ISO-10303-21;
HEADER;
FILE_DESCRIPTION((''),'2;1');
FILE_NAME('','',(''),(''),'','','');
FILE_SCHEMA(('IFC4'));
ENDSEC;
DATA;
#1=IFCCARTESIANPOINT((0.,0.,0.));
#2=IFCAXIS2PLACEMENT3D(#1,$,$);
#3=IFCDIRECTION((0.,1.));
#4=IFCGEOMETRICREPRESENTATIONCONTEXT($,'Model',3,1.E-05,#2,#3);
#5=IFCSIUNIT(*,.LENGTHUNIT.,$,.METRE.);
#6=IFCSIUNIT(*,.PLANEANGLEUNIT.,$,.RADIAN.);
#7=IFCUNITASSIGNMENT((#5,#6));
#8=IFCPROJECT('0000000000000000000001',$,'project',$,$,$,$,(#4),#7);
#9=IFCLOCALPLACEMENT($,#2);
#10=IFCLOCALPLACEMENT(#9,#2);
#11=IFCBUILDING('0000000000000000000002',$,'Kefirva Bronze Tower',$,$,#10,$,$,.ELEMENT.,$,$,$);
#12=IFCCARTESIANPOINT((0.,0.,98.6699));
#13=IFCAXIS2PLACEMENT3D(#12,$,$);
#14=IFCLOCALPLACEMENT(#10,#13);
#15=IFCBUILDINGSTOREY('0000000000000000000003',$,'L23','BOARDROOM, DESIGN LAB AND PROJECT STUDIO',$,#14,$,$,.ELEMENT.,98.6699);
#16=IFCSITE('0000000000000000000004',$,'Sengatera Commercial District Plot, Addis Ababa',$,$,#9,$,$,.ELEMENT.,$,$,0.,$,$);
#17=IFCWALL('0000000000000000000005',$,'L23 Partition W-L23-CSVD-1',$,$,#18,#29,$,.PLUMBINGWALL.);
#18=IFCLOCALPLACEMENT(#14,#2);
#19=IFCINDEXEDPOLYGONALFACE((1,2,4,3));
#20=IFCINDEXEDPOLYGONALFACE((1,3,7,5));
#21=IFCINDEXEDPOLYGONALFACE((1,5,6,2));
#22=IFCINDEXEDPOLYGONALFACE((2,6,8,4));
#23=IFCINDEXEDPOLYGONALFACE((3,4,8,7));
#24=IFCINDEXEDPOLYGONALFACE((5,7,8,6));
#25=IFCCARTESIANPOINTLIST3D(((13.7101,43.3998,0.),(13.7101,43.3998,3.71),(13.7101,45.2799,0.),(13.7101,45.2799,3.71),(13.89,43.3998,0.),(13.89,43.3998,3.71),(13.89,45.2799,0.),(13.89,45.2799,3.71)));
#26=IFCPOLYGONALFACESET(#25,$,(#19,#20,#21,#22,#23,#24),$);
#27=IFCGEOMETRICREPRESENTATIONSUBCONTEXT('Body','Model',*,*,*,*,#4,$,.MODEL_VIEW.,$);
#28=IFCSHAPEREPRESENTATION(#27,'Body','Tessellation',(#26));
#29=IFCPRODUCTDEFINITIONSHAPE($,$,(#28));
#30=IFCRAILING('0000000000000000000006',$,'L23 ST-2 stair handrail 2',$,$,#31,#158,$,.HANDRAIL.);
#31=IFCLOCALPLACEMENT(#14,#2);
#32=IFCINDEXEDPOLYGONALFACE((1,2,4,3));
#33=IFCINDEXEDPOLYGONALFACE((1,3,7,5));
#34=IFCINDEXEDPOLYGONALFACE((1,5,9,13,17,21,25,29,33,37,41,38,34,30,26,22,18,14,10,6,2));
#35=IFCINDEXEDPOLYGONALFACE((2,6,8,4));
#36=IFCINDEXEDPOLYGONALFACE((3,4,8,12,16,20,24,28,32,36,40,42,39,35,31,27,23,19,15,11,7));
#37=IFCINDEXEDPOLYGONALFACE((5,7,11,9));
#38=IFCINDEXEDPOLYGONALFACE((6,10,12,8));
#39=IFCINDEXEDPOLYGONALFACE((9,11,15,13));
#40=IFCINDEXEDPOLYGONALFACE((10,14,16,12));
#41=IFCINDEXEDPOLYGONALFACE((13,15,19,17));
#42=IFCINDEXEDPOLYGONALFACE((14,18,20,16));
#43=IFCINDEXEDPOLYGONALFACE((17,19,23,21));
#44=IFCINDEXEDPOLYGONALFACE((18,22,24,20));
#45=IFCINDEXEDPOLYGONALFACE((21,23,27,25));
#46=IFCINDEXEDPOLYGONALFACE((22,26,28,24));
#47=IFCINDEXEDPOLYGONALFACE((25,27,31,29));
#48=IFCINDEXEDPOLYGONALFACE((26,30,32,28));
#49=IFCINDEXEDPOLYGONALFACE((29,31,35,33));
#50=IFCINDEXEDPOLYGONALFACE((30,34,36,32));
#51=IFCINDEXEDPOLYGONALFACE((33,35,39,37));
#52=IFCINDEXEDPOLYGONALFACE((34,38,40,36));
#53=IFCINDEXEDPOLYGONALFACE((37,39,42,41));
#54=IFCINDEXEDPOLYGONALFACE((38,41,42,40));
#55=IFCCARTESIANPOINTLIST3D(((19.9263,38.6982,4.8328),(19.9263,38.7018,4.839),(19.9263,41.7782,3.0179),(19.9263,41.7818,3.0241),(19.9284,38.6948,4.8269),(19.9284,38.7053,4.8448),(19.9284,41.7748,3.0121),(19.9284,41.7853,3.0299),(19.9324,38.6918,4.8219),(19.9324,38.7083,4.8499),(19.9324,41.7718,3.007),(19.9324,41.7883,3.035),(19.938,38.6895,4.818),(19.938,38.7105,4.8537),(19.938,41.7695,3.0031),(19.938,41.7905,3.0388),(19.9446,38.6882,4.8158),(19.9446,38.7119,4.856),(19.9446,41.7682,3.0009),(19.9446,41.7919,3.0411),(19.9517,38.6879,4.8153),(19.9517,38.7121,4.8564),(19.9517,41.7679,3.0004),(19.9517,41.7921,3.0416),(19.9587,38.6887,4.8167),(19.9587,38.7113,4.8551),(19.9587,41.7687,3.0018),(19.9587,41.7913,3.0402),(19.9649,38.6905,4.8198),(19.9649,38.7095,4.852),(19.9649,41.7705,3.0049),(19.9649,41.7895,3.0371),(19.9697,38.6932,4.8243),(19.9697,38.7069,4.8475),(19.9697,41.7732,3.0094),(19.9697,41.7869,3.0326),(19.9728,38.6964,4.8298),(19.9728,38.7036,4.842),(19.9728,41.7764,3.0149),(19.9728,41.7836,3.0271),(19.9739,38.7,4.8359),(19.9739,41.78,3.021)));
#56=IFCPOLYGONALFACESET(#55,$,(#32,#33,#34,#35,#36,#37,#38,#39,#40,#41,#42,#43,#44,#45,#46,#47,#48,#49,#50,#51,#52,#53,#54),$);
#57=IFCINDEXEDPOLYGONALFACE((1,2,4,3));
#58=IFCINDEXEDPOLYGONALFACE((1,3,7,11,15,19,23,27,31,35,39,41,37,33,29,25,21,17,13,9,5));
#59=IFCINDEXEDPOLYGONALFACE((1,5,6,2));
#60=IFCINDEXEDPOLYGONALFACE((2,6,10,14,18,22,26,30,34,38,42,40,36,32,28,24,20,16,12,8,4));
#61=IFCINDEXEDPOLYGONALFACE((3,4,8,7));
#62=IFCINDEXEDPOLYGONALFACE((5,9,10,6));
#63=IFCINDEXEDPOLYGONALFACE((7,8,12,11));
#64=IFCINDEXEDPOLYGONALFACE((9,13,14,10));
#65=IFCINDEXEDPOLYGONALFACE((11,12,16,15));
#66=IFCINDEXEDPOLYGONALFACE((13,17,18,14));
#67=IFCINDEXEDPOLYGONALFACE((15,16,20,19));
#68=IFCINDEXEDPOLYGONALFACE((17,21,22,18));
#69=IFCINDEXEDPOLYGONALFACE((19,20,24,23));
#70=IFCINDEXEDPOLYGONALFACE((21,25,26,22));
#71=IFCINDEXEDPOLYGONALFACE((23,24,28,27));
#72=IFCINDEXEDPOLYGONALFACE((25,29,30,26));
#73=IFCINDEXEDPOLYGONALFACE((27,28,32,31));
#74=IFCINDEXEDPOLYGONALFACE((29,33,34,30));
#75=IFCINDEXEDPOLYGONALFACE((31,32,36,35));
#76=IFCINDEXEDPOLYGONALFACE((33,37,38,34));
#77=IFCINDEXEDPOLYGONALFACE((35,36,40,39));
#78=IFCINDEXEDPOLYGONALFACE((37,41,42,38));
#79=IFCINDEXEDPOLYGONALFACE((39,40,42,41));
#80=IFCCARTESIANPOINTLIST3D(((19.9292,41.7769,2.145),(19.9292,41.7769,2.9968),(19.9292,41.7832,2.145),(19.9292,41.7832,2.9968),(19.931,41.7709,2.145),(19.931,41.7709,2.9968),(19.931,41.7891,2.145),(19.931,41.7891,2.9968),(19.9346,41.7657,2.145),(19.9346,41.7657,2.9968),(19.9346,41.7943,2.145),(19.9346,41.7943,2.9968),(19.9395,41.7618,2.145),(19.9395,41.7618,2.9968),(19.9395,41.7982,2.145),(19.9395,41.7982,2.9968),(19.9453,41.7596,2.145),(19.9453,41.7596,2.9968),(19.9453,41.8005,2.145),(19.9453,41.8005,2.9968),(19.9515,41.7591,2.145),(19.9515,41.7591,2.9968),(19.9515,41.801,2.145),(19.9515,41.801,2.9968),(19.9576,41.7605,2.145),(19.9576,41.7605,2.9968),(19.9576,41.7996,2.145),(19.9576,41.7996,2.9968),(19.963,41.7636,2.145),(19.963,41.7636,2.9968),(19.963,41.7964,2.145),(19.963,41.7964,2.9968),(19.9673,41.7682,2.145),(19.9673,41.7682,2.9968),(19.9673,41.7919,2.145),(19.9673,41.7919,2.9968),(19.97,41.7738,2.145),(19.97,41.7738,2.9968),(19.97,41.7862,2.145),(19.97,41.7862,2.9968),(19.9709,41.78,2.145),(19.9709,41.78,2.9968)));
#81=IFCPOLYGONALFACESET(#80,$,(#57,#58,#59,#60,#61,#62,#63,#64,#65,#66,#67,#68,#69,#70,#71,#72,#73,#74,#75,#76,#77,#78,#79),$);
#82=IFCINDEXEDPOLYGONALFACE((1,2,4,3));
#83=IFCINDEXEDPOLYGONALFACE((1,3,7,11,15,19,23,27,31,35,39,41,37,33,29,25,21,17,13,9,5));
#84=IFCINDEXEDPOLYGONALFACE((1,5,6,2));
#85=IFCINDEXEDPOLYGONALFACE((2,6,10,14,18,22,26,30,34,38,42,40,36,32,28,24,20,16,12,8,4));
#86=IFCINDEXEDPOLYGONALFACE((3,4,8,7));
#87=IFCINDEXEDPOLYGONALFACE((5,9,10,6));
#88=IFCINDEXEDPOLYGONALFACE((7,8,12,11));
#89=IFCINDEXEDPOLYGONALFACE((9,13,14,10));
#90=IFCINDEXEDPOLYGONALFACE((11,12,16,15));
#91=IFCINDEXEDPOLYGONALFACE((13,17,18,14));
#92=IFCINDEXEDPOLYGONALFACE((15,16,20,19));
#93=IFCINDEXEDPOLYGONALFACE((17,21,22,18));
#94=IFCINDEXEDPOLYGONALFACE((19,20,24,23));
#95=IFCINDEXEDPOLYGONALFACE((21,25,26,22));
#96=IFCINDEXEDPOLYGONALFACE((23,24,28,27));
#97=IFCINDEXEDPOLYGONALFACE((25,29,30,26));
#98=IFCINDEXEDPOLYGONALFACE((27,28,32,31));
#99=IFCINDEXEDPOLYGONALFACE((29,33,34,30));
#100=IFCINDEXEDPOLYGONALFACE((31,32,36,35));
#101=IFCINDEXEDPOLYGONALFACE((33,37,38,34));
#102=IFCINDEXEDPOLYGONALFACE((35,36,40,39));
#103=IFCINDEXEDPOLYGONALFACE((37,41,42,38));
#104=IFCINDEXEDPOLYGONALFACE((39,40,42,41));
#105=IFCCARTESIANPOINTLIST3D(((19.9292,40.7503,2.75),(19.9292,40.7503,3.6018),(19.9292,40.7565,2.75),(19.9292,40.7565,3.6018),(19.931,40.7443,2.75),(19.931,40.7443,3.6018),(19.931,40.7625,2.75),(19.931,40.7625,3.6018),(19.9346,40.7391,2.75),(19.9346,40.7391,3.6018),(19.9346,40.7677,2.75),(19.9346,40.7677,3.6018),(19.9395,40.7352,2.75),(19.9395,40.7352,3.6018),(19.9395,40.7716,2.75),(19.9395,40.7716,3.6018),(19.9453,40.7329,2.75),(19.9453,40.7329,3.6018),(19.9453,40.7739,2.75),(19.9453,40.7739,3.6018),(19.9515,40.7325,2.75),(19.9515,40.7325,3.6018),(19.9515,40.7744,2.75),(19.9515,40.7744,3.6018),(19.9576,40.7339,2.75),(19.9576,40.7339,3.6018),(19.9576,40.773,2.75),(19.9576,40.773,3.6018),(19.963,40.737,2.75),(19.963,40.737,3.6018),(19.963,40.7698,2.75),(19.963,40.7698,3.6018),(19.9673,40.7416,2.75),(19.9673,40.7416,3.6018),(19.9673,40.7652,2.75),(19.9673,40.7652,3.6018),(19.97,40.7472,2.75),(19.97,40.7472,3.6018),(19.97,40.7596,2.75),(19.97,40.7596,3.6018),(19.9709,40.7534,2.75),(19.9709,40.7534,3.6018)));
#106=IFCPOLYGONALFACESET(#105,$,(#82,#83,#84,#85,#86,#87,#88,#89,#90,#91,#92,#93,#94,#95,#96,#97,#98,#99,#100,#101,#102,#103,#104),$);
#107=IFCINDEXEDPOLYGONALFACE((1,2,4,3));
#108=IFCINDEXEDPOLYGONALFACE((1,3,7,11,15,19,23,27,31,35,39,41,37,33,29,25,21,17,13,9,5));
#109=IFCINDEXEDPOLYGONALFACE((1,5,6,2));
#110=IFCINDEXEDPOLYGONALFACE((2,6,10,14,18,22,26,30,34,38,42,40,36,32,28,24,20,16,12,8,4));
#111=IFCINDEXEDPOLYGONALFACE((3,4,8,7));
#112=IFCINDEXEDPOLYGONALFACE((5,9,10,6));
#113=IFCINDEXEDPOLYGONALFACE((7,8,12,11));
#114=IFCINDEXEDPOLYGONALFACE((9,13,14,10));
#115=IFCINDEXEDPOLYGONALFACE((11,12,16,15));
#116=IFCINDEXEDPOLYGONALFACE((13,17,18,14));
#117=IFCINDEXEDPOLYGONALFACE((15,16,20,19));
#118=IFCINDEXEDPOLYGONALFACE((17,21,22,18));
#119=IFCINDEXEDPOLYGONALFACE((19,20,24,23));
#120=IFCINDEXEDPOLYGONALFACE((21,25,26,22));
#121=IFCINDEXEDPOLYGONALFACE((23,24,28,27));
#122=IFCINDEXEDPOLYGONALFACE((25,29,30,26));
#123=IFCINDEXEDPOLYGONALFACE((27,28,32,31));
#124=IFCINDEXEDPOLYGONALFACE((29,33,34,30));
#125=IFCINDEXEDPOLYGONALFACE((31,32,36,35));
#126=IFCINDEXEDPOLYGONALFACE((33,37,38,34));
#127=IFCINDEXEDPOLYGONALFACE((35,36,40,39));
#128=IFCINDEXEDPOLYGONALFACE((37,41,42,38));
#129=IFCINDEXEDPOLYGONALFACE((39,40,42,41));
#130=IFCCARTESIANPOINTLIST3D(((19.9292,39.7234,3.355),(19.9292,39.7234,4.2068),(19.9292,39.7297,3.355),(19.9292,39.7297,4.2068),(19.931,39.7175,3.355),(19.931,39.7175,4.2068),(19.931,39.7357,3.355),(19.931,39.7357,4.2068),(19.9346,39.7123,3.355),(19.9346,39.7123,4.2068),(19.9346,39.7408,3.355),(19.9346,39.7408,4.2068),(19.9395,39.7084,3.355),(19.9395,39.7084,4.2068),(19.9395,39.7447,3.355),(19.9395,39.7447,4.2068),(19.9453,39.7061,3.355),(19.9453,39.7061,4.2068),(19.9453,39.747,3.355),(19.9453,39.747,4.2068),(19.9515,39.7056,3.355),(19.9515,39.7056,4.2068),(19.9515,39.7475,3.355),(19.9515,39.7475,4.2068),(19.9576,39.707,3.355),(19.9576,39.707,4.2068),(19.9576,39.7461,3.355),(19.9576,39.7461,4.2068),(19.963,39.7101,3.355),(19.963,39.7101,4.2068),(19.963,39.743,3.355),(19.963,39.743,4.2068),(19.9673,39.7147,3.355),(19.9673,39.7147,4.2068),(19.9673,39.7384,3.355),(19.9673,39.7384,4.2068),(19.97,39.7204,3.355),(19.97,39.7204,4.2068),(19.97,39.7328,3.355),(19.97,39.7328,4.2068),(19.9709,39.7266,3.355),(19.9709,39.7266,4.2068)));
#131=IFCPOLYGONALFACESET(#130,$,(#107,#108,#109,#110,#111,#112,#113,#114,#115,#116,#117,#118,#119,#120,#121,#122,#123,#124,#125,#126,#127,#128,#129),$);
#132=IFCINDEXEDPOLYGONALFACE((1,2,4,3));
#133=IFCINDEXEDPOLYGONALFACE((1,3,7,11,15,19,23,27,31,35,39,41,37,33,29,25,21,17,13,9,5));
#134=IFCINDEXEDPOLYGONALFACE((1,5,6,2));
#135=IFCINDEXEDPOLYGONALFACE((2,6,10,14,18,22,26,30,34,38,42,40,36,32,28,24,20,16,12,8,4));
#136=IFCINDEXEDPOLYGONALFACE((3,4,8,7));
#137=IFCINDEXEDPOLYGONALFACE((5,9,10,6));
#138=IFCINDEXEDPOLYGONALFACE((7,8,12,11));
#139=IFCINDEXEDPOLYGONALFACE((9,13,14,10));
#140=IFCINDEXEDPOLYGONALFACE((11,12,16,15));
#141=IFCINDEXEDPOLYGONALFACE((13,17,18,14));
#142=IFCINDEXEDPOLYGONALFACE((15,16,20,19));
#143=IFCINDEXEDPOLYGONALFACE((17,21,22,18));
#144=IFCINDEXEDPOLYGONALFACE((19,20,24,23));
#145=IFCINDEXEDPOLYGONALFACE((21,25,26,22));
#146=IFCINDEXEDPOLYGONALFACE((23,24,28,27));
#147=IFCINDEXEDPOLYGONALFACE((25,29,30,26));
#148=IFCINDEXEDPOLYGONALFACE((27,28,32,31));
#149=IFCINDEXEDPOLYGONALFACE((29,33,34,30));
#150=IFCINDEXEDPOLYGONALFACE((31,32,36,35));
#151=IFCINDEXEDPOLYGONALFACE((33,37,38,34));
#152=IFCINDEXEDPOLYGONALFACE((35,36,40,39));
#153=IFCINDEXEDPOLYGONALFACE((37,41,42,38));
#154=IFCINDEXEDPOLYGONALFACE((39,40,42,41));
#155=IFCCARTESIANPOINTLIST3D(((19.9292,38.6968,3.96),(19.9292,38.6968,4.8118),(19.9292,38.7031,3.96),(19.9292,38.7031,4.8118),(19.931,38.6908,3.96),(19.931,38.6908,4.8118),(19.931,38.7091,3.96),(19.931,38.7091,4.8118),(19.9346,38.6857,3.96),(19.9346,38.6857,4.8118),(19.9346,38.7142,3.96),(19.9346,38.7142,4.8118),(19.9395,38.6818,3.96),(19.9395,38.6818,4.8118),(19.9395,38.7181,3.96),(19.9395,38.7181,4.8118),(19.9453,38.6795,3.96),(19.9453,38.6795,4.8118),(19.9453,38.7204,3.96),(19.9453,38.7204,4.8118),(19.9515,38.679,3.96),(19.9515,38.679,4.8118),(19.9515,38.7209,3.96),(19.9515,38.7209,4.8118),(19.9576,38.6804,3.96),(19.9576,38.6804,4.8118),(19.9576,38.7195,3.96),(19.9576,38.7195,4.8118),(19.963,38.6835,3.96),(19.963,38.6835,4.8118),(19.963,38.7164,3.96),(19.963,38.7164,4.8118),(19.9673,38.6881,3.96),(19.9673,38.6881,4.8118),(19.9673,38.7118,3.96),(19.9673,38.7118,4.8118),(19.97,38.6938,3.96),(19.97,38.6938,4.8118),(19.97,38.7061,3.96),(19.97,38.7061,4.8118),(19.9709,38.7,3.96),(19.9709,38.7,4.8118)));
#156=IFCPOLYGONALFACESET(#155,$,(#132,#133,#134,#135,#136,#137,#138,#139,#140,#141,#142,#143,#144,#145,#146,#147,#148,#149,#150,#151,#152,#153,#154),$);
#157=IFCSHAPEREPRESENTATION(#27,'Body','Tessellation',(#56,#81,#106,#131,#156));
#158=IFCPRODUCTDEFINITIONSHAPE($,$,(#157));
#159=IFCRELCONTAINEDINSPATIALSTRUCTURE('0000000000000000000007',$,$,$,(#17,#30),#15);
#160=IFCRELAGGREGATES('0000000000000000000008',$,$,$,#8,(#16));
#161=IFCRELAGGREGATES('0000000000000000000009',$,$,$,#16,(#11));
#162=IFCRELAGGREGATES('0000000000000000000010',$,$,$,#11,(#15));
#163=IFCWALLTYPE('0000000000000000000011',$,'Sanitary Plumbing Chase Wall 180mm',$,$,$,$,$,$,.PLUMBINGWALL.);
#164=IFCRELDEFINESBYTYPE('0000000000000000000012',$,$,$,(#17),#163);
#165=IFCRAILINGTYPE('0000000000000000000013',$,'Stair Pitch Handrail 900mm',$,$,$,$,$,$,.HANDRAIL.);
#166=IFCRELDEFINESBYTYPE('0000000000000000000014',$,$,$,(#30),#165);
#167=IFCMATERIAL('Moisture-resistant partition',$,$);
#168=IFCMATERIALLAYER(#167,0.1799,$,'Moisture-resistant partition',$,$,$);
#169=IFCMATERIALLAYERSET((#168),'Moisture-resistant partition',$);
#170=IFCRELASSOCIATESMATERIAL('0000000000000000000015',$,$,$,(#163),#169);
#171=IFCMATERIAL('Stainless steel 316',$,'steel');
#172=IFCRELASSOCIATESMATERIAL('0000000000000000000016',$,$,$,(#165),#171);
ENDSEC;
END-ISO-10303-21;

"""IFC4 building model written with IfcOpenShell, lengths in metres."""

from ifc_helpers import new_model, si_unit, direction, frame, frame_2d, origin, origin_2d, place, context, subcontext, project, spatial, rectangle, circle, extrude, material, layer, layer_set, type_object, element, save


model = new_model("IFC4")

# Units and contexts
model_context = context("Model", 3, precision=1e-05, world=origin(), true_north=direction((0.0, 1.0)))
body_context = subcontext(model_context, "Body", "Model", "MODEL_VIEW")
ifc_project = project(units=[si_unit("LENGTHUNIT", "METRE"), si_unit("PLANEANGLEUNIT", "RADIAN")], contexts=[model_context])

# Site, building, storey
site_placement = place(None, origin())
site = spatial("IfcSite", under=ifc_project, at=site_placement, Name="Sengatera Commercial District Plot, Addis Ababa", CompositionType="ELEMENT", RefElevation=0.0)
building_placement = place(site_placement, origin())
building = spatial("IfcBuilding", under=site, at=building_placement, Name="Kefirva Bronze Tower", CompositionType="ELEMENT")
storey_placement = place(building_placement, frame((0.0, 0.0, 98.6699)))
storey = spatial("IfcBuildingStorey", under=building, at=storey_placement, Name="L23", Description="BOARDROOM, DESIGN LAB AND PROJECT STUDIO", CompositionType="ELEMENT", Elevation=98.6699)

# Wall
ifc_material_1 = material(Name="Moisture-resistant partition")
ifc_layer_1 = layer(ifc_material_1, 0.1799, Name="Moisture-resistant partition")
ifc_layer_set_1 = layer_set([ifc_layer_1], Name="Moisture-resistant partition")
wall_type_1 = type_object("IfcWallType", Name="Sanitary Plumbing Chase Wall 180mm", PredefinedType="PLUMBINGWALL", material=ifc_layer_set_1)
for number, where, z_axis, x_axis, name in (
    (1, (13.8, 43.3999, 0.0), (0.0, 0.0, 1.0), (0.0, 1.0, 0.0), "L23 Partition W-L23-CSVD-1"),
):
    element("IfcWall", number, at=place(storey_placement, frame(where, z_axis=z_axis, x_axis=x_axis)), inside=storey, type_object=wall_type_1, Name=name, PredefinedType="PLUMBINGWALL", context=body_context, shape_type="SweptSolid", body=[
        extrude(rectangle(XDim=1.8801, YDim=0.1799, at=frame_2d((0.9399, 0.0))), origin(), (0.0, 0.0, 1.0), 3.71),
    ])

# Railing
ifc_material_2 = material(Name="Stainless steel 316", Category="steel")
railing_type = type_object("IfcRailingType", Name="Stair Pitch Handrail 900mm", PredefinedType="HANDRAIL", material=ifc_material_2)
railing_placement = place(storey_placement, frame((19.95, 41.78, 2.145)))
element("IfcRailing", 2, at=railing_placement, inside=storey, type_object=railing_type, Name="L23 ST-2 stair handrail 2", PredefinedType="HANDRAIL", context=body_context, shape_type="SweptSolid", body=[
    extrude(circle(Radius=0.0239, at=origin_2d()), frame((0.0, 0.0, 0.876), z_axis=(0.0, -0.861551, 0.507671), x_axis=(1.0, 0.0, 0.0)), (0.0, 0.0, 1.0), 3.575),
    extrude(circle(Radius=0.021, at=origin_2d()), origin(), (0.0, 0.0, 1.0), 0.8518),
    extrude(circle(Radius=0.021, at=origin_2d()), frame((0.0, -1.0266, 0.605)), (0.0, 0.0, 1.0), 0.8518),
    extrude(circle(Radius=0.021, at=origin_2d()), frame((0.0, -2.0535, 1.21)), (0.0, 0.0, 1.0), 0.8518),
    extrude(circle(Radius=0.021, at=origin_2d()), frame((0.0, -3.0801, 1.8149)), (0.0, 0.0, 1.0), 0.8518),
])

save(model, "model.ifc")
